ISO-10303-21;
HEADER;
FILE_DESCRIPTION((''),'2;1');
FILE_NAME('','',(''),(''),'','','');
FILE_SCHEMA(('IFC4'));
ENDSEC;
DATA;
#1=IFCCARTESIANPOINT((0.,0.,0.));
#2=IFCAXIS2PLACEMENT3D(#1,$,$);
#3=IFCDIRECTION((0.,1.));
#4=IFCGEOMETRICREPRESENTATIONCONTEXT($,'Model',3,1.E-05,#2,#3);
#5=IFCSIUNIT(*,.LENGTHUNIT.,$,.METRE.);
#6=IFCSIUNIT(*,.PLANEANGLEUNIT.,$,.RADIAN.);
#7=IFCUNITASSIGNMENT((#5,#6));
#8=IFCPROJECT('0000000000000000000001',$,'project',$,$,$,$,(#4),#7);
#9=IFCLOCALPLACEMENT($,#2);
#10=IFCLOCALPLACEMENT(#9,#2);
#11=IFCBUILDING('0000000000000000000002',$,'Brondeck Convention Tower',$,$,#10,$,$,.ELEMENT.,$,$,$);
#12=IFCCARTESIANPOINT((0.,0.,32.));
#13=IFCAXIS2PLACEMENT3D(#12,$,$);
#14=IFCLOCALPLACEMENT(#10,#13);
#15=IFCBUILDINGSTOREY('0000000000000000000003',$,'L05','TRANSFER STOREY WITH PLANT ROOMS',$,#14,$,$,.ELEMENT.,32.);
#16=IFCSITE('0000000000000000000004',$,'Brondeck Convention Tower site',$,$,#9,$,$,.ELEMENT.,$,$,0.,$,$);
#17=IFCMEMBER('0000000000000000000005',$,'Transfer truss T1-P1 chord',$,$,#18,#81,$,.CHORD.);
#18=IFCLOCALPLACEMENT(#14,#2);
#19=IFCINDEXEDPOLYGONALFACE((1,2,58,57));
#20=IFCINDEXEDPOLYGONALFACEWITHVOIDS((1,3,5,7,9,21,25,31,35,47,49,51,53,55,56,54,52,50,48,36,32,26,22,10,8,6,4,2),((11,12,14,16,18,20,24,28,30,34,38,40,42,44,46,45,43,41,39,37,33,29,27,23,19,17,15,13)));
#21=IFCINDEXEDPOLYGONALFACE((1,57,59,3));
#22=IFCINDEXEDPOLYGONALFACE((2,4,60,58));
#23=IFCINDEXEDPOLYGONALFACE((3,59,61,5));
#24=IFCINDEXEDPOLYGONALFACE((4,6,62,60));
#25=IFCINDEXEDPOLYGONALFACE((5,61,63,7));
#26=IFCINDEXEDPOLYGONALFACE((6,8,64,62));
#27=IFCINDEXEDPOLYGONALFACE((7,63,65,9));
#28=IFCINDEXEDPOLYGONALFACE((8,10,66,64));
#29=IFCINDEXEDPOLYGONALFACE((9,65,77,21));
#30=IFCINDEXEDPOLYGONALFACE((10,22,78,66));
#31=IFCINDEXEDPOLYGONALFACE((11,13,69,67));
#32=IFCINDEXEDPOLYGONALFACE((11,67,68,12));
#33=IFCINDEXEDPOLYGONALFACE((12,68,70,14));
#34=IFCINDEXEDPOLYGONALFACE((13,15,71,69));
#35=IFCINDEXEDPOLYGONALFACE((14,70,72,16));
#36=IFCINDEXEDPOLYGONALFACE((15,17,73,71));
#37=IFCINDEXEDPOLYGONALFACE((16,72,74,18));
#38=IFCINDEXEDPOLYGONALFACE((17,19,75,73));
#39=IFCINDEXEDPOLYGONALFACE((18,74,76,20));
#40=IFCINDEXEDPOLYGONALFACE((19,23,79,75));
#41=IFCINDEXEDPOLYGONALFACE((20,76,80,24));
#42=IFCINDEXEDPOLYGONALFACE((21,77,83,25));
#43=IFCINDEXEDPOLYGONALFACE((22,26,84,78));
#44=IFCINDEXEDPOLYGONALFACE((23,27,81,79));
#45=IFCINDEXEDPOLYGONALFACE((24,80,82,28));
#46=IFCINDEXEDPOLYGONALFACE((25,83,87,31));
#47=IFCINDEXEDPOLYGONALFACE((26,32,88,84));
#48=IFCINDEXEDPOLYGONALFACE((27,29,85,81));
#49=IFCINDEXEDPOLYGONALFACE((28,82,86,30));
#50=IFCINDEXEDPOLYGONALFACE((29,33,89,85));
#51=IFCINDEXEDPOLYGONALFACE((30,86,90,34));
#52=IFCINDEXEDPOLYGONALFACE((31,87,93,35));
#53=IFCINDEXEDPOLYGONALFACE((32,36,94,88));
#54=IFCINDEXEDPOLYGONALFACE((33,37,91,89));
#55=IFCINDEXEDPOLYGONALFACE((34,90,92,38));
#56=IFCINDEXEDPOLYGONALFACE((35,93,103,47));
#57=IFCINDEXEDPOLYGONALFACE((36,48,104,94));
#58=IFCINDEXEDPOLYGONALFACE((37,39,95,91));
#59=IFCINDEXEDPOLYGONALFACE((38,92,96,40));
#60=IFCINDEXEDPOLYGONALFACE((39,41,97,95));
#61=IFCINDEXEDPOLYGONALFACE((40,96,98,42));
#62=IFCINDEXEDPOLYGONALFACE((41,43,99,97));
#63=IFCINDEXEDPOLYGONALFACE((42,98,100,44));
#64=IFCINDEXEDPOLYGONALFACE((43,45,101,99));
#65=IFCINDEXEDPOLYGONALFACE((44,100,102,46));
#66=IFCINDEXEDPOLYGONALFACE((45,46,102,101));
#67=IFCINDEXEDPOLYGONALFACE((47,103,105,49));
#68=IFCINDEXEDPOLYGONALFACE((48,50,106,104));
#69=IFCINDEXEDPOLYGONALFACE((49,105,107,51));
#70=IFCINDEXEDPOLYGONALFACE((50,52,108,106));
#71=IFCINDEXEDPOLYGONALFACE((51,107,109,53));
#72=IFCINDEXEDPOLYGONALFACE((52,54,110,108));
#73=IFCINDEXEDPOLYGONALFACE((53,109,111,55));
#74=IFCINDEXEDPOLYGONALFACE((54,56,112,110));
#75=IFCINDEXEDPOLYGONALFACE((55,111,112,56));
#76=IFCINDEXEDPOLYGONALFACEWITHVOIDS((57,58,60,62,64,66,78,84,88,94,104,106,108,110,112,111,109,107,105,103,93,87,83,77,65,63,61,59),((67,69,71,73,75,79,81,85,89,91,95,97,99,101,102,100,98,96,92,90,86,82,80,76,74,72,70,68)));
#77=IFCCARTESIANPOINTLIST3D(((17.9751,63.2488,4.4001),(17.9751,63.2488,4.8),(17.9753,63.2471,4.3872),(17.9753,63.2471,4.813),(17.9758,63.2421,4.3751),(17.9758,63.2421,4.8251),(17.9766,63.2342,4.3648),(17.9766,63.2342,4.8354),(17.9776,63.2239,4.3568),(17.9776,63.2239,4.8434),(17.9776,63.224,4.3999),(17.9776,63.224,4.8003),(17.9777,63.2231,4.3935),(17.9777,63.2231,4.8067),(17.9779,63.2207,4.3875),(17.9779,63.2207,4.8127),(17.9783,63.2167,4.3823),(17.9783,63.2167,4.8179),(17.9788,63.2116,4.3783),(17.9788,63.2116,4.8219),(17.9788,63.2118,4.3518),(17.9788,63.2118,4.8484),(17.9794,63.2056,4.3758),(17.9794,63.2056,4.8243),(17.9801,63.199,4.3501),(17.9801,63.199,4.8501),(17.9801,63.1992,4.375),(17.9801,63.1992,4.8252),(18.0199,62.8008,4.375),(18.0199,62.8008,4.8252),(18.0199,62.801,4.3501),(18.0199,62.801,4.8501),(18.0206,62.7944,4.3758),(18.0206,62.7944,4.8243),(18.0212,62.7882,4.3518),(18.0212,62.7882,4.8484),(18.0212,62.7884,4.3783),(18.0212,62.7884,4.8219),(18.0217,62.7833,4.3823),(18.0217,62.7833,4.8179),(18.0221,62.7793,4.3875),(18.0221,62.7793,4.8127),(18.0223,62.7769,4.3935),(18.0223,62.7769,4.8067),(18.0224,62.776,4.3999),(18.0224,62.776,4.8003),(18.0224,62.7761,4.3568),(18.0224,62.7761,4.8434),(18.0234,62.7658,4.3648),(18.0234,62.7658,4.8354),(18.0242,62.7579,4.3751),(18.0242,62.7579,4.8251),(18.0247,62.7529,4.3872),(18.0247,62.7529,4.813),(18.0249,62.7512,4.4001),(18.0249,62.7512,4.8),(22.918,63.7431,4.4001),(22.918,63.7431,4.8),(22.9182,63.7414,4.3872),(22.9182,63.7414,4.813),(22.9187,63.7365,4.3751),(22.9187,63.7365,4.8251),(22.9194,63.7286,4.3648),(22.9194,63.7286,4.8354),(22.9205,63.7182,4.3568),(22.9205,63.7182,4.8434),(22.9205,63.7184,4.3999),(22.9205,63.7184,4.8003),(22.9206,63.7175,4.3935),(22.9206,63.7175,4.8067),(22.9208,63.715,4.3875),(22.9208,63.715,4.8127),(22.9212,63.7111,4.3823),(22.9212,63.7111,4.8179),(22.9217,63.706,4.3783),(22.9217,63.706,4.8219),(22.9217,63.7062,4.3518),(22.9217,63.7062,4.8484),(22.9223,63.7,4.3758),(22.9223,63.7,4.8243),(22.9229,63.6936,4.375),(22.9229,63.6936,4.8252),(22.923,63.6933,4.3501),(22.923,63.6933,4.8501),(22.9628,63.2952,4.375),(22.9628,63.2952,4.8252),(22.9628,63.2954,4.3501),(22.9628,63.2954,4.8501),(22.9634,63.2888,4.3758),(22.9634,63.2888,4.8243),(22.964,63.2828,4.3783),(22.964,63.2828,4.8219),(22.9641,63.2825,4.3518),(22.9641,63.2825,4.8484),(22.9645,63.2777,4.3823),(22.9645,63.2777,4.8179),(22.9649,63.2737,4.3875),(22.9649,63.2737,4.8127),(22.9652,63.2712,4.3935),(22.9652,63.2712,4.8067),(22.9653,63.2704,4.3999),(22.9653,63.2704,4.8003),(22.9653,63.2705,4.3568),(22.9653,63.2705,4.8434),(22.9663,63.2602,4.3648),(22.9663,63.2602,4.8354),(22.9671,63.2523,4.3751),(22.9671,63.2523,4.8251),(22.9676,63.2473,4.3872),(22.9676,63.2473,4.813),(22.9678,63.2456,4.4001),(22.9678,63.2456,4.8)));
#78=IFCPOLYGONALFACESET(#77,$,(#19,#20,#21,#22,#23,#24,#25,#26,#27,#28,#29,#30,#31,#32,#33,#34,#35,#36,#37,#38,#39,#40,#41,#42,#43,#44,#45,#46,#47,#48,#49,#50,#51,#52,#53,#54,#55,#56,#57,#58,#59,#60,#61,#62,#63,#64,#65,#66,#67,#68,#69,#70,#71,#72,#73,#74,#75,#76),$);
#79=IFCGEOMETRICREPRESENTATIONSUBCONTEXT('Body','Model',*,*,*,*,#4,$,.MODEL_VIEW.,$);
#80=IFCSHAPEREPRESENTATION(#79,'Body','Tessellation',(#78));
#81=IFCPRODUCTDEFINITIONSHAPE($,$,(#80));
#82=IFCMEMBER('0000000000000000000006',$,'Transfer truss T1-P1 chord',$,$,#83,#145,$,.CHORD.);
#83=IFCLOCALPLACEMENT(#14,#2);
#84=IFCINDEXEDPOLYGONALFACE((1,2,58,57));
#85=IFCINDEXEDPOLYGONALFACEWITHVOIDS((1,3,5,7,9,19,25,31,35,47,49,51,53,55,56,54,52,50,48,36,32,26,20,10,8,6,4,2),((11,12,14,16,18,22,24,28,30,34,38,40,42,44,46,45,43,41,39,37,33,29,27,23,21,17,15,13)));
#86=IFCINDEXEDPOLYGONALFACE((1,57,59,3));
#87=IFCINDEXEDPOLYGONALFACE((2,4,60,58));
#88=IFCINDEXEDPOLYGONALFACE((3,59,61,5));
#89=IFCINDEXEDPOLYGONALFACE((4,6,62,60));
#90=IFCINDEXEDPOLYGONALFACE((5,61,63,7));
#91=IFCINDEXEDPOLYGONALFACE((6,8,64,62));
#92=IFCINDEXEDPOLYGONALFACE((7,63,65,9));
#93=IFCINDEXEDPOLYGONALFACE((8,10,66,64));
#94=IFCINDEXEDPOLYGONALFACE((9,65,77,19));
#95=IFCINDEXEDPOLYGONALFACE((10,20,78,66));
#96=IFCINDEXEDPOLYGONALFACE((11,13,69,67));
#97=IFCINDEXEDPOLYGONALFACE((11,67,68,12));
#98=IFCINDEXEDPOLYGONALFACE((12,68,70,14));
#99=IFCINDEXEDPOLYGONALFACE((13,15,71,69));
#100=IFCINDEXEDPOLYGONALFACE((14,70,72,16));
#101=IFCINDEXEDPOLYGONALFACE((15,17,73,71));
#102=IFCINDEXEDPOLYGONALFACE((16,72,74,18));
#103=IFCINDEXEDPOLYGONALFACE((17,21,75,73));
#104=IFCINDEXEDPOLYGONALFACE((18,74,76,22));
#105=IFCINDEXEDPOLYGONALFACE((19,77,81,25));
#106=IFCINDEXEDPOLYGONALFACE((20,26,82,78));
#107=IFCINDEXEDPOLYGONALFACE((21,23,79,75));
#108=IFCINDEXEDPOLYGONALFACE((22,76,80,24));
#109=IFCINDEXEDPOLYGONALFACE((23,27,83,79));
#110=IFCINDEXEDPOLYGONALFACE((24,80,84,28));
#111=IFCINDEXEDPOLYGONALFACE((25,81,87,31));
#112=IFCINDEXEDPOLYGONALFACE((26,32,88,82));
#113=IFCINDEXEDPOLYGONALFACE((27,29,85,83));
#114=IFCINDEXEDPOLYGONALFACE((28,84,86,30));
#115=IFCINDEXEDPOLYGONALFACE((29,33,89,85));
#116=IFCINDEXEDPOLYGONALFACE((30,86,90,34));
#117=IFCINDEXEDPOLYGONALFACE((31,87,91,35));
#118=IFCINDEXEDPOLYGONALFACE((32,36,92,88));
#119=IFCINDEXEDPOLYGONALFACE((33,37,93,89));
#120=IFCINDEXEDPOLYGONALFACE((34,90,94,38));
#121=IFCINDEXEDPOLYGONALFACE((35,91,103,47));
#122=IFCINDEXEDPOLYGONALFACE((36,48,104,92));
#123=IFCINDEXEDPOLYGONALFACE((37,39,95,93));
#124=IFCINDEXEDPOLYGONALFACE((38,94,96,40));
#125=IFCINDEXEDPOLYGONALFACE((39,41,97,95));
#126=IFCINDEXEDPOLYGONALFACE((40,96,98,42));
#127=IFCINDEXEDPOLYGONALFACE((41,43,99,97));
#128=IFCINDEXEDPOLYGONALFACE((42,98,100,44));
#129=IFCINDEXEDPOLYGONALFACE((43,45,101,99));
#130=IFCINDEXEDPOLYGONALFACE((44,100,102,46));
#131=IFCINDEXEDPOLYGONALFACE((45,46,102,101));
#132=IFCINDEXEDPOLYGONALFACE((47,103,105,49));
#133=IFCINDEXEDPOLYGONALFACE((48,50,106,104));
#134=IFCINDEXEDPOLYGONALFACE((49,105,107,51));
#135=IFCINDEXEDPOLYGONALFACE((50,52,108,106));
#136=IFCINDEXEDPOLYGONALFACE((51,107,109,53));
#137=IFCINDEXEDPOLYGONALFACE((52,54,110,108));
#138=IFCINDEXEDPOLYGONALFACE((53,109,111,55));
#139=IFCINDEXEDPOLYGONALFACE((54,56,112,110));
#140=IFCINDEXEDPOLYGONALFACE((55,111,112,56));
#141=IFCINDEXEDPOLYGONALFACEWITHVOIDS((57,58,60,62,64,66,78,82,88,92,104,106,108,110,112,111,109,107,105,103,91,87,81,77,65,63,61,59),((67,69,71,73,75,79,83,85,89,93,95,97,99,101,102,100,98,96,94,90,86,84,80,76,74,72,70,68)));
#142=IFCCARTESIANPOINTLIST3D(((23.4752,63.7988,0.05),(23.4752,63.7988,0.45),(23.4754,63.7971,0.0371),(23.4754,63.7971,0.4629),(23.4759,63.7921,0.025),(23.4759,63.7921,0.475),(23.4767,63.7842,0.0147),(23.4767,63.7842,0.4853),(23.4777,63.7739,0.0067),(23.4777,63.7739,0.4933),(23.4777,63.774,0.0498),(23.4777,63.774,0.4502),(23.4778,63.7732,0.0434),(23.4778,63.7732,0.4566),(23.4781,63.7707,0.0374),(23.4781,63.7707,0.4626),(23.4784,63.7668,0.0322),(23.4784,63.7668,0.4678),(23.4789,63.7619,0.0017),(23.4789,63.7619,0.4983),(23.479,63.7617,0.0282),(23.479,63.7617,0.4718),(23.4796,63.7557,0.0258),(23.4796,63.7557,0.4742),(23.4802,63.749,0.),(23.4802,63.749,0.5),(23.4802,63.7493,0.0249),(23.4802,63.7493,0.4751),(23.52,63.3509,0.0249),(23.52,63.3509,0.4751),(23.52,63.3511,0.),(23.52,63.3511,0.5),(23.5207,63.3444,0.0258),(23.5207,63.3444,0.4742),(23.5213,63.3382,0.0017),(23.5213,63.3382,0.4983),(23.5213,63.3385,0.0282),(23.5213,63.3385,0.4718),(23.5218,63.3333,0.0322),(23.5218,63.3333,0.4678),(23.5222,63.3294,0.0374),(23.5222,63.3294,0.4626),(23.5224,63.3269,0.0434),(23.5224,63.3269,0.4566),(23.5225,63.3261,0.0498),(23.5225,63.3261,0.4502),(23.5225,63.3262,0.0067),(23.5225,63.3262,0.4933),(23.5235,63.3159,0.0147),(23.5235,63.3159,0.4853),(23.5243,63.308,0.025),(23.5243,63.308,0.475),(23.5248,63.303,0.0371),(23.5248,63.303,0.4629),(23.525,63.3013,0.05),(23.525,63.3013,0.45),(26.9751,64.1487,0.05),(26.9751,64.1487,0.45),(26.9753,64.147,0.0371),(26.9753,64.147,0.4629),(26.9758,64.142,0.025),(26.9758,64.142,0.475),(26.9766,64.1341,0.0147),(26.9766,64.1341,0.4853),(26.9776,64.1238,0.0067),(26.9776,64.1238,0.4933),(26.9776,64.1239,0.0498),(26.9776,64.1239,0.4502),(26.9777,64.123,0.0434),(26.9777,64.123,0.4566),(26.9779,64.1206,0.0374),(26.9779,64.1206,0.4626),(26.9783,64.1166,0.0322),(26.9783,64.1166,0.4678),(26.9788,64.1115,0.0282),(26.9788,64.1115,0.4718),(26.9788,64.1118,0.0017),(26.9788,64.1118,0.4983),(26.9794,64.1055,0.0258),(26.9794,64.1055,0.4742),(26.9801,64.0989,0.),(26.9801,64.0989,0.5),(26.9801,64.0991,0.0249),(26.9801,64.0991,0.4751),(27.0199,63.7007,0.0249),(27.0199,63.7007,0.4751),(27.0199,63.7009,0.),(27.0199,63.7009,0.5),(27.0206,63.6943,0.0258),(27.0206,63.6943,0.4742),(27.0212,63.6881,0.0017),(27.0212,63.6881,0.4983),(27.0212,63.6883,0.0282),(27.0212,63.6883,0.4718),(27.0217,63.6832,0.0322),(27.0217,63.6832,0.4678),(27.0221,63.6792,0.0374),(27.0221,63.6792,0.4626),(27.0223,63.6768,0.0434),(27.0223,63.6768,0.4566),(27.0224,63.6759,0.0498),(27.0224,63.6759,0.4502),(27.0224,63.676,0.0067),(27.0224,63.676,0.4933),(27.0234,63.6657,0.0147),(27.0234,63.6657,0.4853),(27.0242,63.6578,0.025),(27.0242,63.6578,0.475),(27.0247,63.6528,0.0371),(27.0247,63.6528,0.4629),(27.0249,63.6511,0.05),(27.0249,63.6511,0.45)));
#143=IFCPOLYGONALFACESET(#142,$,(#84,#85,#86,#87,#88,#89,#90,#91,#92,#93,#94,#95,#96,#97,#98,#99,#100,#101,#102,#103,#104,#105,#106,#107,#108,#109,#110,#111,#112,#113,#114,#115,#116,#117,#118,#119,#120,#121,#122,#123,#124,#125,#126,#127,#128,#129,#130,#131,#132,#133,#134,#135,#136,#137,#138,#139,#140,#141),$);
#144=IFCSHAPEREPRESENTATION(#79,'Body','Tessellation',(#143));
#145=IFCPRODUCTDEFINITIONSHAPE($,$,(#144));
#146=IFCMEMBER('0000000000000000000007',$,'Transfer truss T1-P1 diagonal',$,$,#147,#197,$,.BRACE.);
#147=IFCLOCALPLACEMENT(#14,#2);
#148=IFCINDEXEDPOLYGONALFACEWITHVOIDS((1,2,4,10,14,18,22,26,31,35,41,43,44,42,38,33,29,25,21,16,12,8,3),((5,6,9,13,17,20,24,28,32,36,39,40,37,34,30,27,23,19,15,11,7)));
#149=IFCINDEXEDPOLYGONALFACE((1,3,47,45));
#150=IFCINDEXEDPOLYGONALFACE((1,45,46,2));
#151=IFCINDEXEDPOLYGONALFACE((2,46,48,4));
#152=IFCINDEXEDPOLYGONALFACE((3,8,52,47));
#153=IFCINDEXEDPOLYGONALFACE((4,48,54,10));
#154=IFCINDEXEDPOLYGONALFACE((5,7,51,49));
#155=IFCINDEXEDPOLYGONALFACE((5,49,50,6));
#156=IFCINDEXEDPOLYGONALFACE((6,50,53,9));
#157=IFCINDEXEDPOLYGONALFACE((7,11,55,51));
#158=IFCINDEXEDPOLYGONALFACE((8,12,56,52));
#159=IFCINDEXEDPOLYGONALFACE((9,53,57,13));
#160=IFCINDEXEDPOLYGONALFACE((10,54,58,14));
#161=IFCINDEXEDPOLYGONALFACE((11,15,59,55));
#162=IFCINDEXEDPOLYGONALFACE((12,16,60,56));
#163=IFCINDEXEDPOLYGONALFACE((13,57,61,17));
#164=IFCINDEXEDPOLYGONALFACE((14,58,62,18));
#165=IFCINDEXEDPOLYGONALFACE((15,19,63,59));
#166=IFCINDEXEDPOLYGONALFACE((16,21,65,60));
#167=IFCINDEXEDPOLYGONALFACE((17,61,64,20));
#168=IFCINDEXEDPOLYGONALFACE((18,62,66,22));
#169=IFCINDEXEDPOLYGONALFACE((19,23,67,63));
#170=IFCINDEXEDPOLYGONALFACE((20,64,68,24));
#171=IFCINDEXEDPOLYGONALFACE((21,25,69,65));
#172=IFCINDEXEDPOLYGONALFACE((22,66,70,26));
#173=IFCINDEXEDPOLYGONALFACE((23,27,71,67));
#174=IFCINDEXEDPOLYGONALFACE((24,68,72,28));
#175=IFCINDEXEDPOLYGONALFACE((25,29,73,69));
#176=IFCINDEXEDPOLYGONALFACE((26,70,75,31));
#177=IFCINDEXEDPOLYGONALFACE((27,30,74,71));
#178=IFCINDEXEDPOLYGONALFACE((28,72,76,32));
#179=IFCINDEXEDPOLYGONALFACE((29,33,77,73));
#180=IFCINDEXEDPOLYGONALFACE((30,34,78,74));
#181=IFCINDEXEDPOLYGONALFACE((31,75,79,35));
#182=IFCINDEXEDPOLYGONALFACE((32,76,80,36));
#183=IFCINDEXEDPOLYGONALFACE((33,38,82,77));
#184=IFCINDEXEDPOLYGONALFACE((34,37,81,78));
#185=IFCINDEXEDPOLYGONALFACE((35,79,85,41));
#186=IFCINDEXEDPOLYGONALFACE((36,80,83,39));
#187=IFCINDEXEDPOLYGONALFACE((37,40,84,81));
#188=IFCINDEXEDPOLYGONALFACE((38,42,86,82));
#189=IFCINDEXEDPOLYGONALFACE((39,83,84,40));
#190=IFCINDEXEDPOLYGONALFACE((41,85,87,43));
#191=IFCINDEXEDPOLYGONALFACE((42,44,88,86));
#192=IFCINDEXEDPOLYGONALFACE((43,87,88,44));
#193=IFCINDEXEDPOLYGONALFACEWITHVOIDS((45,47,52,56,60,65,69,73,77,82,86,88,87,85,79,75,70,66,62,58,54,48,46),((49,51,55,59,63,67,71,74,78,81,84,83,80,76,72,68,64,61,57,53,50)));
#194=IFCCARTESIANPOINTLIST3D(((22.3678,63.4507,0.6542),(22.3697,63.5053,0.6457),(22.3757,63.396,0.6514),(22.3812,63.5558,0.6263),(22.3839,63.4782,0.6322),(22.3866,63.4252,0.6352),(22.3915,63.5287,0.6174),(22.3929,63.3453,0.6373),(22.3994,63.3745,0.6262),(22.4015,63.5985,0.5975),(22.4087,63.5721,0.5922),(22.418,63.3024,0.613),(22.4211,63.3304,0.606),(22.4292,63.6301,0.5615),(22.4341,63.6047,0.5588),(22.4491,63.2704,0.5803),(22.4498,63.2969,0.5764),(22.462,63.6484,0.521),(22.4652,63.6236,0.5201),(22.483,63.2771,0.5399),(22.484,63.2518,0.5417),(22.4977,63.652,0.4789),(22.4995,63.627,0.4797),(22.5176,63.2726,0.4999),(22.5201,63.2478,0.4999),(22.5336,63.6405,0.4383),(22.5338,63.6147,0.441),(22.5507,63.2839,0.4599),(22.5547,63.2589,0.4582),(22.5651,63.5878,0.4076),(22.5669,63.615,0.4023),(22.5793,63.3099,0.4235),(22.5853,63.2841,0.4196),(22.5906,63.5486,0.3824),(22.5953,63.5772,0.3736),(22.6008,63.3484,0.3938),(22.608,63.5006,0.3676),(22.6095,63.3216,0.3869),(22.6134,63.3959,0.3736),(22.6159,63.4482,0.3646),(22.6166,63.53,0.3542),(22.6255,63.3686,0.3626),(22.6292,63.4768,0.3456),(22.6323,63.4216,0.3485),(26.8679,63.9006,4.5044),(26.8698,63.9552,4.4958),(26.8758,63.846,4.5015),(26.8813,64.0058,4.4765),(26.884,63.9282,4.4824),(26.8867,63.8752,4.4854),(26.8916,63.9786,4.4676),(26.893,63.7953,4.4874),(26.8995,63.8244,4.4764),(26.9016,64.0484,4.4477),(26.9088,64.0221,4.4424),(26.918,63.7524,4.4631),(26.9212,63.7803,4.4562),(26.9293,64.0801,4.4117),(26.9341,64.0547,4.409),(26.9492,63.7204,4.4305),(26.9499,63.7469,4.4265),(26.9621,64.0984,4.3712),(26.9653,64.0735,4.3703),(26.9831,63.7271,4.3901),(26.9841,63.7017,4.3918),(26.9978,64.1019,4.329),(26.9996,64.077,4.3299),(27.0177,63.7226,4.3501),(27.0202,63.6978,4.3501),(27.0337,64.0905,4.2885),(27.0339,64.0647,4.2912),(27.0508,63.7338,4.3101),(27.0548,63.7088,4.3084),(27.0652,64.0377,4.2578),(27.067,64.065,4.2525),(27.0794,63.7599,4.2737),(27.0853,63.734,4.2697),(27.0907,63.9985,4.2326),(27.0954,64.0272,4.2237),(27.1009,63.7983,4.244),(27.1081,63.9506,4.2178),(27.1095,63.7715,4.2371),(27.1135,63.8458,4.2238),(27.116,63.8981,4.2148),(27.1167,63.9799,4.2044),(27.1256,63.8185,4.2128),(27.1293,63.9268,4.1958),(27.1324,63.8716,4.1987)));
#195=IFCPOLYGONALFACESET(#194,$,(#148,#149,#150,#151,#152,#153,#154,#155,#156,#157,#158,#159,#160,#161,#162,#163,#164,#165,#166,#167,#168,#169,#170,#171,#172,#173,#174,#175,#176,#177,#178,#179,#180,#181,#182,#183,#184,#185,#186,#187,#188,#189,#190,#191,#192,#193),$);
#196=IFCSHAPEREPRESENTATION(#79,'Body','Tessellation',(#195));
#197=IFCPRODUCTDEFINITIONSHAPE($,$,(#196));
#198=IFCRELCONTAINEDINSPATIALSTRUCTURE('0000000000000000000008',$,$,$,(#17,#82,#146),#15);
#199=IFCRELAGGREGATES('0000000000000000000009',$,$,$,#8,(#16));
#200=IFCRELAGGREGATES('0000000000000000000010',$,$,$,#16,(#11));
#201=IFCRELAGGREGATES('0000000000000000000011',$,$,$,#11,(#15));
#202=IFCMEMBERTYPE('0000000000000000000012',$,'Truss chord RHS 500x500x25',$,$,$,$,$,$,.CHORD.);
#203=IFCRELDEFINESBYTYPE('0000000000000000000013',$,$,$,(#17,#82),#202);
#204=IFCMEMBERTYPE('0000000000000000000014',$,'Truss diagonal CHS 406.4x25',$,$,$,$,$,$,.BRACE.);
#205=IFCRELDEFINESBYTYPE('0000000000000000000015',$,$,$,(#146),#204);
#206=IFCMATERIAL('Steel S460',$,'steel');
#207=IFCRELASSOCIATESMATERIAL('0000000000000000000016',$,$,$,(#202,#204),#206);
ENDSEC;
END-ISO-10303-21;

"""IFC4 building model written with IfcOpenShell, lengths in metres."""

from ifc_helpers import new_model, si_unit, direction, frame, origin, origin_2d, place, context, subcontext, project, spatial, hollow_rectangle, hollow_circle, extrude, material, material_profile, profile_set, type_object, element, save


model = new_model("IFC4")

# Units and contexts
model_context = context("Model", 3, precision=1e-05, world=origin(), true_north=direction((0.0, 1.0)))
body_context = subcontext(model_context, "Body", "Model", "MODEL_VIEW")
ifc_project = project(units=[si_unit("LENGTHUNIT", "METRE"), si_unit("PLANEANGLEUNIT", "RADIAN")], contexts=[model_context])

# Site, building, storey
site_placement = place(None, origin())
site = spatial("IfcSite", under=ifc_project, at=site_placement, Name="Brondeck Convention Tower site", CompositionType="ELEMENT", RefElevation=0.0)
building_placement = place(site_placement, origin())
building = spatial("IfcBuilding", under=site, at=building_placement, Name="Brondeck Convention Tower", CompositionType="ELEMENT")
storey_placement = place(building_placement, frame((0.0, 0.0, 32.0)))
storey = spatial("IfcBuildingStorey", under=building, at=storey_placement, Name="L05", Description="TRANSFER STOREY WITH PLANT ROOMS", CompositionType="ELEMENT", Elevation=32.0)

# Shared definitions
ifc_material_1 = material(Name="Steel S460", Category="steel")

# Members
ifc_material_profile_1 = material_profile(ifc_material_1, hollow_rectangle(XDim=0.5, YDim=0.5, WallThickness=0.0249, InnerFilletRadius=0.0249, OuterFilletRadius=0.05, at=origin_2d()), Name="RHS 500x500x25")
ifc_profile_set_1 = profile_set([ifc_material_profile_1], Name="Steel S460")
member_type_1 = type_object("IfcMemberType", Name="Truss chord RHS 500x500x25", PredefinedType="CHORD", material=ifc_profile_set_1)
member_1_placement = place(storey_placement, frame((22.9429, 63.4944, 4.6001), z_axis=(-0.995035, -0.099523, 0.0), x_axis=(0.099523, -0.995035, 0.0)))
element("IfcMember", 1, at=member_1_placement, inside=storey, type_object=member_type_1, Name="Transfer truss T1-P1 chord", PredefinedType="CHORD", context=body_context, shape_type="SweptSolid", body=[
    extrude(hollow_rectangle(XDim=0.5, YDim=0.5, WallThickness=0.0249, InnerFilletRadius=0.0249, OuterFilletRadius=0.05, at=origin_2d()), origin(), (0.0, 0.0, 1.0), 4.9675),
])
member_2_placement = place(storey_placement, frame((27.0, 63.8999, 0.25), z_axis=(-0.995041, -0.099462, 0.0), x_axis=(0.099462, -0.995041, 0.0)))
element("IfcMember", 2, at=member_2_placement, inside=storey, type_object=member_type_1, Name="Transfer truss T1-P1 chord", PredefinedType="CHORD", context=body_context, shape_type="SweptSolid", body=[
    extrude(hollow_rectangle(XDim=0.5, YDim=0.5, WallThickness=0.0249, InnerFilletRadius=0.0249, OuterFilletRadius=0.05, at=origin_2d()), origin(), (0.0, 0.0, 1.0), 3.5173),
])
ifc_material_profile_2 = material_profile(ifc_material_1, hollow_circle(Radius=0.2031, WallThickness=0.0249, at=origin_2d()), Name="CHS 406.4x25")
ifc_profile_set_2 = profile_set([ifc_material_profile_2], Name="Steel S460")
member_type_2 = type_object("IfcMemberType", Name="Truss diagonal CHS 406.4x25", PredefinedType="BRACE", material=ifc_profile_set_2)
for number, where, z_axis, x_axis, name in (
    (3, (27.0, 63.8999, 4.3501), (-0.75766, -0.075758, -0.648237), (0.099493, -0.995038, 0.0), "Transfer truss T1-P1 diagonal"),
):
    element("IfcMember", number, at=place(storey_placement, frame(where, z_axis=z_axis, x_axis=x_axis)), inside=storey, type_object=member_type_2, Name=name, PredefinedType="BRACE", context=body_context, shape_type="SweptSolid", body=[
        extrude(hollow_circle(Radius=0.2031, WallThickness=0.0249, at=origin_2d()), origin(), (0.0, 0.0, 1.0), 5.9395),
    ])

save(model, "model.ifc")
